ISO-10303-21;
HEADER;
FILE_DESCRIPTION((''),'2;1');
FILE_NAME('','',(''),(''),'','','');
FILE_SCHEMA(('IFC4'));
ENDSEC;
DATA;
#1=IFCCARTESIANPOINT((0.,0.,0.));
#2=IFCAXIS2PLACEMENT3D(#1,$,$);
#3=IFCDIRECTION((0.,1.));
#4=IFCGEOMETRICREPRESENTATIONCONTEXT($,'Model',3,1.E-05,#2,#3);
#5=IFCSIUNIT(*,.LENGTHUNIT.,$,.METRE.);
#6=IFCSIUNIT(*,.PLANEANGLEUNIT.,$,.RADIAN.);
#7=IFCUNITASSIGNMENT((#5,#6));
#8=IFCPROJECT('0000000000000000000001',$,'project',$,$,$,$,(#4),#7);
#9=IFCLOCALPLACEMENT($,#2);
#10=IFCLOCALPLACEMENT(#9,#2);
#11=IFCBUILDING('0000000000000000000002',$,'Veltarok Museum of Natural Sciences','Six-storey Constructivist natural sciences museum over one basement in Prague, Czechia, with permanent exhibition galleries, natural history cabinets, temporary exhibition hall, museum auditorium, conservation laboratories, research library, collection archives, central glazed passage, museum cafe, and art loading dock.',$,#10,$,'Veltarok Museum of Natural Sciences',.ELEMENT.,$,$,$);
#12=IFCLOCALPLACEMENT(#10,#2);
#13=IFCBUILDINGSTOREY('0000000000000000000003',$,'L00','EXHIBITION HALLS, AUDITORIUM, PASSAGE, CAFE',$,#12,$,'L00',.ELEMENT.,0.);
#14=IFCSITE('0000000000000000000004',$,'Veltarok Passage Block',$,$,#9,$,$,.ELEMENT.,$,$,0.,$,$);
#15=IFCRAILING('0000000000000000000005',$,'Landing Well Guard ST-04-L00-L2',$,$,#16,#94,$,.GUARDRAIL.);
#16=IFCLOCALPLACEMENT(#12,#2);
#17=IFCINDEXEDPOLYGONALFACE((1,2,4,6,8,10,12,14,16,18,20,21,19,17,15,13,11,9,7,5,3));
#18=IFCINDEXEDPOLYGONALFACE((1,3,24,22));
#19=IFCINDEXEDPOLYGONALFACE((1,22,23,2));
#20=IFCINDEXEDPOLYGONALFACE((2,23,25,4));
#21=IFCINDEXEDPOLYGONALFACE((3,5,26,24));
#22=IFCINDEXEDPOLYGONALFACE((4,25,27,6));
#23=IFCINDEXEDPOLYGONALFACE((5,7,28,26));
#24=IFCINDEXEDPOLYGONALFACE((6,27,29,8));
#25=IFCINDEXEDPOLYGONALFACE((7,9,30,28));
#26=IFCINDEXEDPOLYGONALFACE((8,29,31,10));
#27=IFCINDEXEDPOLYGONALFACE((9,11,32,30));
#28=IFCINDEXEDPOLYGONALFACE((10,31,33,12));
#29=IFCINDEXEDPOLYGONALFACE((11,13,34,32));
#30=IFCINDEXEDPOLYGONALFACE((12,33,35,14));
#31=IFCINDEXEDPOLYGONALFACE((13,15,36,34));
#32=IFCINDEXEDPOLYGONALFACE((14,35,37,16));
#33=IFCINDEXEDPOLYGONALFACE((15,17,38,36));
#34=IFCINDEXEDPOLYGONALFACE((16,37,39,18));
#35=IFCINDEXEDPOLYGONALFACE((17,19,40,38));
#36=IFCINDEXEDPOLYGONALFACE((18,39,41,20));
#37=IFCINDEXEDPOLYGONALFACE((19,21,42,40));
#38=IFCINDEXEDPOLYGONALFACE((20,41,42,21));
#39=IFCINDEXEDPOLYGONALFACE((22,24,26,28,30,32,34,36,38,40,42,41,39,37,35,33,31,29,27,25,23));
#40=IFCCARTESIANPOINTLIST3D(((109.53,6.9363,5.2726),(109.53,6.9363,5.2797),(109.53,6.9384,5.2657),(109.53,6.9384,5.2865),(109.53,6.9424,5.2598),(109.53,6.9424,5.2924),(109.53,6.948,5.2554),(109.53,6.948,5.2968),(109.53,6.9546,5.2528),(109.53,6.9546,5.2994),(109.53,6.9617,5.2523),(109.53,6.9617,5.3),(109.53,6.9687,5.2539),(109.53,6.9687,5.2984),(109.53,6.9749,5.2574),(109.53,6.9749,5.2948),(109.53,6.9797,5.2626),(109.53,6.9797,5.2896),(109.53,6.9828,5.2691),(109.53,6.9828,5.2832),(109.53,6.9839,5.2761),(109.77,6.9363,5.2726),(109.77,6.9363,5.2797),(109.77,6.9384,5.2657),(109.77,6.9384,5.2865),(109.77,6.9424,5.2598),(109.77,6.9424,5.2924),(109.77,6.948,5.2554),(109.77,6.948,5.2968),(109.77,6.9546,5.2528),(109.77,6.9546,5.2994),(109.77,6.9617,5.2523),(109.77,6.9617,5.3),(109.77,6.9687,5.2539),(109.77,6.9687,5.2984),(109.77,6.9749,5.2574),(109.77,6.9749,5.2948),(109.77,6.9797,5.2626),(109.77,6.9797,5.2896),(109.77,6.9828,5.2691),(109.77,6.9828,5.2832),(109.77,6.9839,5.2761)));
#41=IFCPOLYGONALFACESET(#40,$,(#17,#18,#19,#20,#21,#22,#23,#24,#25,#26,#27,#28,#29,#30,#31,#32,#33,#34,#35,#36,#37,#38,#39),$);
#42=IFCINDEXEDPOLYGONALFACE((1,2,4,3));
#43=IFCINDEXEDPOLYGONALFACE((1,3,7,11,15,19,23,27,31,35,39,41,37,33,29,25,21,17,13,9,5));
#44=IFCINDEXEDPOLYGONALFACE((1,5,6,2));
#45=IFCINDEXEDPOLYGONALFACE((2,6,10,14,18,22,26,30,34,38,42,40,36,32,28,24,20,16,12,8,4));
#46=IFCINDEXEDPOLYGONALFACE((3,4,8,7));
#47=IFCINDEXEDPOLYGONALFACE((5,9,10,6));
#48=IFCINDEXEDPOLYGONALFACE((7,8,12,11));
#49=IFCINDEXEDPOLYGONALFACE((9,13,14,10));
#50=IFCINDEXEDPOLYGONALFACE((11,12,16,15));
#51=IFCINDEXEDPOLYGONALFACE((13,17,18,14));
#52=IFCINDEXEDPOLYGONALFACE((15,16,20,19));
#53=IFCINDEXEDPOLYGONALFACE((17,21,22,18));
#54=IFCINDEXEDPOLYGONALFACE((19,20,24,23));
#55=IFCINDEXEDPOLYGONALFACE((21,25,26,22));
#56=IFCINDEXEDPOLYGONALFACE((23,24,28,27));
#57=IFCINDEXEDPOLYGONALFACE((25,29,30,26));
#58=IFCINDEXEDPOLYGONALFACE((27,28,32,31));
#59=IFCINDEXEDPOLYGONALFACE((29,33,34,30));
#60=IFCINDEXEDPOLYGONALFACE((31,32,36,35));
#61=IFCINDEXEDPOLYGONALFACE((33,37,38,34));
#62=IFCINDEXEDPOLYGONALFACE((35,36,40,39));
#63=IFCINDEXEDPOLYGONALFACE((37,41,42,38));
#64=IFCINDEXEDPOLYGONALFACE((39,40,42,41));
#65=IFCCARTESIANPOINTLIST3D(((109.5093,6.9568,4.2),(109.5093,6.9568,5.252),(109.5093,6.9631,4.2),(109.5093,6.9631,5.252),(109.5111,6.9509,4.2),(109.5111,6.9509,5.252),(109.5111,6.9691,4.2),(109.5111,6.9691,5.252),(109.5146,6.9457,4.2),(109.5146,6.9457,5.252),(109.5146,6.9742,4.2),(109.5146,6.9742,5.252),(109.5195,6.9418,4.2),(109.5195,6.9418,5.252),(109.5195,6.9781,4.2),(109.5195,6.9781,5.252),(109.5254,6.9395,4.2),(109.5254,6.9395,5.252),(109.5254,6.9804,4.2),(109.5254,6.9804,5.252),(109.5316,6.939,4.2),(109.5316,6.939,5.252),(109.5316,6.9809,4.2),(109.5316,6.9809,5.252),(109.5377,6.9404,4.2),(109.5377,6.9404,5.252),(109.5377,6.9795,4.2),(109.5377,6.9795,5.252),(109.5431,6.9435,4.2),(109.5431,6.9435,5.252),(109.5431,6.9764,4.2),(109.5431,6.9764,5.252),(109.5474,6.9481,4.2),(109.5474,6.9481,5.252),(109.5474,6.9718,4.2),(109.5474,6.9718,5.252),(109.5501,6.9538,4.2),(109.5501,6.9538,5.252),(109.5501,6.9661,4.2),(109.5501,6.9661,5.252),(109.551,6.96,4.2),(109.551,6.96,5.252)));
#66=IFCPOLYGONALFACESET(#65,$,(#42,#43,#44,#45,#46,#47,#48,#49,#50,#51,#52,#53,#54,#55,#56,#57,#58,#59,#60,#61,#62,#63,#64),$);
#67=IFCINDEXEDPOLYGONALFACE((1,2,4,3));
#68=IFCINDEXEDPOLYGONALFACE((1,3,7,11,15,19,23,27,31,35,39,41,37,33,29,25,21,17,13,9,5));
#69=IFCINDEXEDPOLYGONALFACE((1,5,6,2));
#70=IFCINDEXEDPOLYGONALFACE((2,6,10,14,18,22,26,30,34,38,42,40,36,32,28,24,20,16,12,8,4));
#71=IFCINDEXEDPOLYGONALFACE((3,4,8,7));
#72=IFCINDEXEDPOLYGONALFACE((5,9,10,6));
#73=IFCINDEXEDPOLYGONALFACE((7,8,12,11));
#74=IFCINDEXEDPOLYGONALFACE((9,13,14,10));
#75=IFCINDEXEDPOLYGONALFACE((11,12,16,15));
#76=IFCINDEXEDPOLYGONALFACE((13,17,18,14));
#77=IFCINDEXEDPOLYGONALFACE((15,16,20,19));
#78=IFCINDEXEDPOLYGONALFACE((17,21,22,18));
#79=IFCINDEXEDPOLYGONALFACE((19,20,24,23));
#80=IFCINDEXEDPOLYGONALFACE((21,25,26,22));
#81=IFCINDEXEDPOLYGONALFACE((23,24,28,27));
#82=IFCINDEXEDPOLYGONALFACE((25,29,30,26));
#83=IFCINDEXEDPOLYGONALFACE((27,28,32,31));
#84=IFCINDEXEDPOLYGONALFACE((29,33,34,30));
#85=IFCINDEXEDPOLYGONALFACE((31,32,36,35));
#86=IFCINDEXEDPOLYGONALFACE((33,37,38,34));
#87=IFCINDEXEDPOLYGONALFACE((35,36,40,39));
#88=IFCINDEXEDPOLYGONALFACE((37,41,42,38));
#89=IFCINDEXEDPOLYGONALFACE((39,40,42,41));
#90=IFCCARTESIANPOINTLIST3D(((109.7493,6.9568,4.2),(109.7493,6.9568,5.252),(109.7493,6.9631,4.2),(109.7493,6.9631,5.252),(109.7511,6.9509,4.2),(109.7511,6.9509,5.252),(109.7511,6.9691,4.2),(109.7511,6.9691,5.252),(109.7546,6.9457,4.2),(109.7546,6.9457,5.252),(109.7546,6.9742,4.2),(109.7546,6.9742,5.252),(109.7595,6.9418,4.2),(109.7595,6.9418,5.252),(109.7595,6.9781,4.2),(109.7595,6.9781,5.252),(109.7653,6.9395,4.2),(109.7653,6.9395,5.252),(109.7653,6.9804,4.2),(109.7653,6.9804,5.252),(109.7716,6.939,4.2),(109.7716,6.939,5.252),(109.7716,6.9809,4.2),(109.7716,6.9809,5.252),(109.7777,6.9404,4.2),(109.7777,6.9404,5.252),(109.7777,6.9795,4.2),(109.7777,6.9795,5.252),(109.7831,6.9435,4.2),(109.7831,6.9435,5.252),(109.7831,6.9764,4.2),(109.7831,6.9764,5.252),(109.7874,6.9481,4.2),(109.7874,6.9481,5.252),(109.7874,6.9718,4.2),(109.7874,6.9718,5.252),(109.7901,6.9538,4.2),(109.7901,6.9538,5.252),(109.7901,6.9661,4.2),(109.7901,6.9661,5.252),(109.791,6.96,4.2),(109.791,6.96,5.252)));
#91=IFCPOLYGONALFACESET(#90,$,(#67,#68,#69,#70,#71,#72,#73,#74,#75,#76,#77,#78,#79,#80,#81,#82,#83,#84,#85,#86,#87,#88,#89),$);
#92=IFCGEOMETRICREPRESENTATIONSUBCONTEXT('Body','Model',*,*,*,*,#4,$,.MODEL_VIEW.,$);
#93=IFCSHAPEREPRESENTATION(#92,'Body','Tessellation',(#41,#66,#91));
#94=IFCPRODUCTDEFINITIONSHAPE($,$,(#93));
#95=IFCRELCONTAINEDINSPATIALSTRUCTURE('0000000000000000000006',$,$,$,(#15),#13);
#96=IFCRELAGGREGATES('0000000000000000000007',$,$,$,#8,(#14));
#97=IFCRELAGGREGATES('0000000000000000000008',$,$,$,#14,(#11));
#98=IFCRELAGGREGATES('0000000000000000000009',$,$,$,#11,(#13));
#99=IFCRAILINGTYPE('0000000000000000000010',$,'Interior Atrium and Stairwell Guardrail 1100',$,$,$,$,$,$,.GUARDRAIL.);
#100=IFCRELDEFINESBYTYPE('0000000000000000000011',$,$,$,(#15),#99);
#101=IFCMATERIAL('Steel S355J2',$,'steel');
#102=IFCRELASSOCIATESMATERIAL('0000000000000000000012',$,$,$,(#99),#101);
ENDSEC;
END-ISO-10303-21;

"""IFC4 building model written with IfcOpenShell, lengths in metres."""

from ifc_helpers import new_model, si_unit, direction, frame, origin, origin_2d, place, context, subcontext, project, spatial, circle, extrude, material, type_object, element, save


model = new_model("IFC4")

# Units and contexts
model_context = context("Model", 3, precision=1e-05, world=origin(), true_north=direction((0.0, 1.0)))
body_context = subcontext(model_context, "Body", "Model", "MODEL_VIEW")
ifc_project = project(units=[si_unit("LENGTHUNIT", "METRE"), si_unit("PLANEANGLEUNIT", "RADIAN")], contexts=[model_context])

# Site, building, storey
site_placement = place(None, origin())
site = spatial("IfcSite", under=ifc_project, at=site_placement, Name="Veltarok Passage Block", CompositionType="ELEMENT", RefElevation=0.0)
building_placement = place(site_placement, origin())
building = spatial("IfcBuilding", under=site, at=building_placement, Name="Veltarok Museum of Natural Sciences", Description="Six-storey Constructivist natural sciences museum over one basement in Prague, Czechia, with permanent exhibition galleries, natural history cabinets, temporary exhibition hall, museum auditorium, conservation laboratories, research library, collection archives, central glazed passage, museum cafe, and art loading dock.", LongName="Veltarok Museum of Natural Sciences", CompositionType="ELEMENT")
storey_placement = place(building_placement, origin())
storey = spatial("IfcBuildingStorey", under=building, at=storey_placement, Name="L00", Description="EXHIBITION HALLS, AUDITORIUM, PASSAGE, CAFE", LongName="L00", CompositionType="ELEMENT", Elevation=0.0)

# Shared definitions
ifc_material_1 = material(Name="Steel S355J2", Category="steel")

# Railing
railing_type_1 = type_object("IfcRailingType", Name="Interior Atrium and Stairwell Guardrail 1100", PredefinedType="GUARDRAIL", material=ifc_material_1)
railing_placement = place(storey_placement, frame((109.53, 6.96, 4.2)))
element("IfcRailing", 1, at=railing_placement, inside=storey, type_object=railing_type_1, Name="Landing Well Guard ST-04-L00-L2", PredefinedType="GUARDRAIL", context=body_context, shape_type="SweptSolid", body=[
    extrude(circle(Radius=0.0239, at=origin_2d()), frame((0.0, 0.0, 1.0762), z_axis=(1.0, 0.0, 0.0), x_axis=(0.0, 1.0, 0.0)), (0.0, 0.0, 1.0), 0.24),
    extrude(circle(Radius=0.021, at=origin_2d()), origin(), (0.0, 0.0, 1.0), 1.052),
    extrude(circle(Radius=0.021, at=origin_2d()), frame((0.24, 0.0, 0.0)), (0.0, 0.0, 1.0), 1.052),
])

save(model, "model.ifc")
